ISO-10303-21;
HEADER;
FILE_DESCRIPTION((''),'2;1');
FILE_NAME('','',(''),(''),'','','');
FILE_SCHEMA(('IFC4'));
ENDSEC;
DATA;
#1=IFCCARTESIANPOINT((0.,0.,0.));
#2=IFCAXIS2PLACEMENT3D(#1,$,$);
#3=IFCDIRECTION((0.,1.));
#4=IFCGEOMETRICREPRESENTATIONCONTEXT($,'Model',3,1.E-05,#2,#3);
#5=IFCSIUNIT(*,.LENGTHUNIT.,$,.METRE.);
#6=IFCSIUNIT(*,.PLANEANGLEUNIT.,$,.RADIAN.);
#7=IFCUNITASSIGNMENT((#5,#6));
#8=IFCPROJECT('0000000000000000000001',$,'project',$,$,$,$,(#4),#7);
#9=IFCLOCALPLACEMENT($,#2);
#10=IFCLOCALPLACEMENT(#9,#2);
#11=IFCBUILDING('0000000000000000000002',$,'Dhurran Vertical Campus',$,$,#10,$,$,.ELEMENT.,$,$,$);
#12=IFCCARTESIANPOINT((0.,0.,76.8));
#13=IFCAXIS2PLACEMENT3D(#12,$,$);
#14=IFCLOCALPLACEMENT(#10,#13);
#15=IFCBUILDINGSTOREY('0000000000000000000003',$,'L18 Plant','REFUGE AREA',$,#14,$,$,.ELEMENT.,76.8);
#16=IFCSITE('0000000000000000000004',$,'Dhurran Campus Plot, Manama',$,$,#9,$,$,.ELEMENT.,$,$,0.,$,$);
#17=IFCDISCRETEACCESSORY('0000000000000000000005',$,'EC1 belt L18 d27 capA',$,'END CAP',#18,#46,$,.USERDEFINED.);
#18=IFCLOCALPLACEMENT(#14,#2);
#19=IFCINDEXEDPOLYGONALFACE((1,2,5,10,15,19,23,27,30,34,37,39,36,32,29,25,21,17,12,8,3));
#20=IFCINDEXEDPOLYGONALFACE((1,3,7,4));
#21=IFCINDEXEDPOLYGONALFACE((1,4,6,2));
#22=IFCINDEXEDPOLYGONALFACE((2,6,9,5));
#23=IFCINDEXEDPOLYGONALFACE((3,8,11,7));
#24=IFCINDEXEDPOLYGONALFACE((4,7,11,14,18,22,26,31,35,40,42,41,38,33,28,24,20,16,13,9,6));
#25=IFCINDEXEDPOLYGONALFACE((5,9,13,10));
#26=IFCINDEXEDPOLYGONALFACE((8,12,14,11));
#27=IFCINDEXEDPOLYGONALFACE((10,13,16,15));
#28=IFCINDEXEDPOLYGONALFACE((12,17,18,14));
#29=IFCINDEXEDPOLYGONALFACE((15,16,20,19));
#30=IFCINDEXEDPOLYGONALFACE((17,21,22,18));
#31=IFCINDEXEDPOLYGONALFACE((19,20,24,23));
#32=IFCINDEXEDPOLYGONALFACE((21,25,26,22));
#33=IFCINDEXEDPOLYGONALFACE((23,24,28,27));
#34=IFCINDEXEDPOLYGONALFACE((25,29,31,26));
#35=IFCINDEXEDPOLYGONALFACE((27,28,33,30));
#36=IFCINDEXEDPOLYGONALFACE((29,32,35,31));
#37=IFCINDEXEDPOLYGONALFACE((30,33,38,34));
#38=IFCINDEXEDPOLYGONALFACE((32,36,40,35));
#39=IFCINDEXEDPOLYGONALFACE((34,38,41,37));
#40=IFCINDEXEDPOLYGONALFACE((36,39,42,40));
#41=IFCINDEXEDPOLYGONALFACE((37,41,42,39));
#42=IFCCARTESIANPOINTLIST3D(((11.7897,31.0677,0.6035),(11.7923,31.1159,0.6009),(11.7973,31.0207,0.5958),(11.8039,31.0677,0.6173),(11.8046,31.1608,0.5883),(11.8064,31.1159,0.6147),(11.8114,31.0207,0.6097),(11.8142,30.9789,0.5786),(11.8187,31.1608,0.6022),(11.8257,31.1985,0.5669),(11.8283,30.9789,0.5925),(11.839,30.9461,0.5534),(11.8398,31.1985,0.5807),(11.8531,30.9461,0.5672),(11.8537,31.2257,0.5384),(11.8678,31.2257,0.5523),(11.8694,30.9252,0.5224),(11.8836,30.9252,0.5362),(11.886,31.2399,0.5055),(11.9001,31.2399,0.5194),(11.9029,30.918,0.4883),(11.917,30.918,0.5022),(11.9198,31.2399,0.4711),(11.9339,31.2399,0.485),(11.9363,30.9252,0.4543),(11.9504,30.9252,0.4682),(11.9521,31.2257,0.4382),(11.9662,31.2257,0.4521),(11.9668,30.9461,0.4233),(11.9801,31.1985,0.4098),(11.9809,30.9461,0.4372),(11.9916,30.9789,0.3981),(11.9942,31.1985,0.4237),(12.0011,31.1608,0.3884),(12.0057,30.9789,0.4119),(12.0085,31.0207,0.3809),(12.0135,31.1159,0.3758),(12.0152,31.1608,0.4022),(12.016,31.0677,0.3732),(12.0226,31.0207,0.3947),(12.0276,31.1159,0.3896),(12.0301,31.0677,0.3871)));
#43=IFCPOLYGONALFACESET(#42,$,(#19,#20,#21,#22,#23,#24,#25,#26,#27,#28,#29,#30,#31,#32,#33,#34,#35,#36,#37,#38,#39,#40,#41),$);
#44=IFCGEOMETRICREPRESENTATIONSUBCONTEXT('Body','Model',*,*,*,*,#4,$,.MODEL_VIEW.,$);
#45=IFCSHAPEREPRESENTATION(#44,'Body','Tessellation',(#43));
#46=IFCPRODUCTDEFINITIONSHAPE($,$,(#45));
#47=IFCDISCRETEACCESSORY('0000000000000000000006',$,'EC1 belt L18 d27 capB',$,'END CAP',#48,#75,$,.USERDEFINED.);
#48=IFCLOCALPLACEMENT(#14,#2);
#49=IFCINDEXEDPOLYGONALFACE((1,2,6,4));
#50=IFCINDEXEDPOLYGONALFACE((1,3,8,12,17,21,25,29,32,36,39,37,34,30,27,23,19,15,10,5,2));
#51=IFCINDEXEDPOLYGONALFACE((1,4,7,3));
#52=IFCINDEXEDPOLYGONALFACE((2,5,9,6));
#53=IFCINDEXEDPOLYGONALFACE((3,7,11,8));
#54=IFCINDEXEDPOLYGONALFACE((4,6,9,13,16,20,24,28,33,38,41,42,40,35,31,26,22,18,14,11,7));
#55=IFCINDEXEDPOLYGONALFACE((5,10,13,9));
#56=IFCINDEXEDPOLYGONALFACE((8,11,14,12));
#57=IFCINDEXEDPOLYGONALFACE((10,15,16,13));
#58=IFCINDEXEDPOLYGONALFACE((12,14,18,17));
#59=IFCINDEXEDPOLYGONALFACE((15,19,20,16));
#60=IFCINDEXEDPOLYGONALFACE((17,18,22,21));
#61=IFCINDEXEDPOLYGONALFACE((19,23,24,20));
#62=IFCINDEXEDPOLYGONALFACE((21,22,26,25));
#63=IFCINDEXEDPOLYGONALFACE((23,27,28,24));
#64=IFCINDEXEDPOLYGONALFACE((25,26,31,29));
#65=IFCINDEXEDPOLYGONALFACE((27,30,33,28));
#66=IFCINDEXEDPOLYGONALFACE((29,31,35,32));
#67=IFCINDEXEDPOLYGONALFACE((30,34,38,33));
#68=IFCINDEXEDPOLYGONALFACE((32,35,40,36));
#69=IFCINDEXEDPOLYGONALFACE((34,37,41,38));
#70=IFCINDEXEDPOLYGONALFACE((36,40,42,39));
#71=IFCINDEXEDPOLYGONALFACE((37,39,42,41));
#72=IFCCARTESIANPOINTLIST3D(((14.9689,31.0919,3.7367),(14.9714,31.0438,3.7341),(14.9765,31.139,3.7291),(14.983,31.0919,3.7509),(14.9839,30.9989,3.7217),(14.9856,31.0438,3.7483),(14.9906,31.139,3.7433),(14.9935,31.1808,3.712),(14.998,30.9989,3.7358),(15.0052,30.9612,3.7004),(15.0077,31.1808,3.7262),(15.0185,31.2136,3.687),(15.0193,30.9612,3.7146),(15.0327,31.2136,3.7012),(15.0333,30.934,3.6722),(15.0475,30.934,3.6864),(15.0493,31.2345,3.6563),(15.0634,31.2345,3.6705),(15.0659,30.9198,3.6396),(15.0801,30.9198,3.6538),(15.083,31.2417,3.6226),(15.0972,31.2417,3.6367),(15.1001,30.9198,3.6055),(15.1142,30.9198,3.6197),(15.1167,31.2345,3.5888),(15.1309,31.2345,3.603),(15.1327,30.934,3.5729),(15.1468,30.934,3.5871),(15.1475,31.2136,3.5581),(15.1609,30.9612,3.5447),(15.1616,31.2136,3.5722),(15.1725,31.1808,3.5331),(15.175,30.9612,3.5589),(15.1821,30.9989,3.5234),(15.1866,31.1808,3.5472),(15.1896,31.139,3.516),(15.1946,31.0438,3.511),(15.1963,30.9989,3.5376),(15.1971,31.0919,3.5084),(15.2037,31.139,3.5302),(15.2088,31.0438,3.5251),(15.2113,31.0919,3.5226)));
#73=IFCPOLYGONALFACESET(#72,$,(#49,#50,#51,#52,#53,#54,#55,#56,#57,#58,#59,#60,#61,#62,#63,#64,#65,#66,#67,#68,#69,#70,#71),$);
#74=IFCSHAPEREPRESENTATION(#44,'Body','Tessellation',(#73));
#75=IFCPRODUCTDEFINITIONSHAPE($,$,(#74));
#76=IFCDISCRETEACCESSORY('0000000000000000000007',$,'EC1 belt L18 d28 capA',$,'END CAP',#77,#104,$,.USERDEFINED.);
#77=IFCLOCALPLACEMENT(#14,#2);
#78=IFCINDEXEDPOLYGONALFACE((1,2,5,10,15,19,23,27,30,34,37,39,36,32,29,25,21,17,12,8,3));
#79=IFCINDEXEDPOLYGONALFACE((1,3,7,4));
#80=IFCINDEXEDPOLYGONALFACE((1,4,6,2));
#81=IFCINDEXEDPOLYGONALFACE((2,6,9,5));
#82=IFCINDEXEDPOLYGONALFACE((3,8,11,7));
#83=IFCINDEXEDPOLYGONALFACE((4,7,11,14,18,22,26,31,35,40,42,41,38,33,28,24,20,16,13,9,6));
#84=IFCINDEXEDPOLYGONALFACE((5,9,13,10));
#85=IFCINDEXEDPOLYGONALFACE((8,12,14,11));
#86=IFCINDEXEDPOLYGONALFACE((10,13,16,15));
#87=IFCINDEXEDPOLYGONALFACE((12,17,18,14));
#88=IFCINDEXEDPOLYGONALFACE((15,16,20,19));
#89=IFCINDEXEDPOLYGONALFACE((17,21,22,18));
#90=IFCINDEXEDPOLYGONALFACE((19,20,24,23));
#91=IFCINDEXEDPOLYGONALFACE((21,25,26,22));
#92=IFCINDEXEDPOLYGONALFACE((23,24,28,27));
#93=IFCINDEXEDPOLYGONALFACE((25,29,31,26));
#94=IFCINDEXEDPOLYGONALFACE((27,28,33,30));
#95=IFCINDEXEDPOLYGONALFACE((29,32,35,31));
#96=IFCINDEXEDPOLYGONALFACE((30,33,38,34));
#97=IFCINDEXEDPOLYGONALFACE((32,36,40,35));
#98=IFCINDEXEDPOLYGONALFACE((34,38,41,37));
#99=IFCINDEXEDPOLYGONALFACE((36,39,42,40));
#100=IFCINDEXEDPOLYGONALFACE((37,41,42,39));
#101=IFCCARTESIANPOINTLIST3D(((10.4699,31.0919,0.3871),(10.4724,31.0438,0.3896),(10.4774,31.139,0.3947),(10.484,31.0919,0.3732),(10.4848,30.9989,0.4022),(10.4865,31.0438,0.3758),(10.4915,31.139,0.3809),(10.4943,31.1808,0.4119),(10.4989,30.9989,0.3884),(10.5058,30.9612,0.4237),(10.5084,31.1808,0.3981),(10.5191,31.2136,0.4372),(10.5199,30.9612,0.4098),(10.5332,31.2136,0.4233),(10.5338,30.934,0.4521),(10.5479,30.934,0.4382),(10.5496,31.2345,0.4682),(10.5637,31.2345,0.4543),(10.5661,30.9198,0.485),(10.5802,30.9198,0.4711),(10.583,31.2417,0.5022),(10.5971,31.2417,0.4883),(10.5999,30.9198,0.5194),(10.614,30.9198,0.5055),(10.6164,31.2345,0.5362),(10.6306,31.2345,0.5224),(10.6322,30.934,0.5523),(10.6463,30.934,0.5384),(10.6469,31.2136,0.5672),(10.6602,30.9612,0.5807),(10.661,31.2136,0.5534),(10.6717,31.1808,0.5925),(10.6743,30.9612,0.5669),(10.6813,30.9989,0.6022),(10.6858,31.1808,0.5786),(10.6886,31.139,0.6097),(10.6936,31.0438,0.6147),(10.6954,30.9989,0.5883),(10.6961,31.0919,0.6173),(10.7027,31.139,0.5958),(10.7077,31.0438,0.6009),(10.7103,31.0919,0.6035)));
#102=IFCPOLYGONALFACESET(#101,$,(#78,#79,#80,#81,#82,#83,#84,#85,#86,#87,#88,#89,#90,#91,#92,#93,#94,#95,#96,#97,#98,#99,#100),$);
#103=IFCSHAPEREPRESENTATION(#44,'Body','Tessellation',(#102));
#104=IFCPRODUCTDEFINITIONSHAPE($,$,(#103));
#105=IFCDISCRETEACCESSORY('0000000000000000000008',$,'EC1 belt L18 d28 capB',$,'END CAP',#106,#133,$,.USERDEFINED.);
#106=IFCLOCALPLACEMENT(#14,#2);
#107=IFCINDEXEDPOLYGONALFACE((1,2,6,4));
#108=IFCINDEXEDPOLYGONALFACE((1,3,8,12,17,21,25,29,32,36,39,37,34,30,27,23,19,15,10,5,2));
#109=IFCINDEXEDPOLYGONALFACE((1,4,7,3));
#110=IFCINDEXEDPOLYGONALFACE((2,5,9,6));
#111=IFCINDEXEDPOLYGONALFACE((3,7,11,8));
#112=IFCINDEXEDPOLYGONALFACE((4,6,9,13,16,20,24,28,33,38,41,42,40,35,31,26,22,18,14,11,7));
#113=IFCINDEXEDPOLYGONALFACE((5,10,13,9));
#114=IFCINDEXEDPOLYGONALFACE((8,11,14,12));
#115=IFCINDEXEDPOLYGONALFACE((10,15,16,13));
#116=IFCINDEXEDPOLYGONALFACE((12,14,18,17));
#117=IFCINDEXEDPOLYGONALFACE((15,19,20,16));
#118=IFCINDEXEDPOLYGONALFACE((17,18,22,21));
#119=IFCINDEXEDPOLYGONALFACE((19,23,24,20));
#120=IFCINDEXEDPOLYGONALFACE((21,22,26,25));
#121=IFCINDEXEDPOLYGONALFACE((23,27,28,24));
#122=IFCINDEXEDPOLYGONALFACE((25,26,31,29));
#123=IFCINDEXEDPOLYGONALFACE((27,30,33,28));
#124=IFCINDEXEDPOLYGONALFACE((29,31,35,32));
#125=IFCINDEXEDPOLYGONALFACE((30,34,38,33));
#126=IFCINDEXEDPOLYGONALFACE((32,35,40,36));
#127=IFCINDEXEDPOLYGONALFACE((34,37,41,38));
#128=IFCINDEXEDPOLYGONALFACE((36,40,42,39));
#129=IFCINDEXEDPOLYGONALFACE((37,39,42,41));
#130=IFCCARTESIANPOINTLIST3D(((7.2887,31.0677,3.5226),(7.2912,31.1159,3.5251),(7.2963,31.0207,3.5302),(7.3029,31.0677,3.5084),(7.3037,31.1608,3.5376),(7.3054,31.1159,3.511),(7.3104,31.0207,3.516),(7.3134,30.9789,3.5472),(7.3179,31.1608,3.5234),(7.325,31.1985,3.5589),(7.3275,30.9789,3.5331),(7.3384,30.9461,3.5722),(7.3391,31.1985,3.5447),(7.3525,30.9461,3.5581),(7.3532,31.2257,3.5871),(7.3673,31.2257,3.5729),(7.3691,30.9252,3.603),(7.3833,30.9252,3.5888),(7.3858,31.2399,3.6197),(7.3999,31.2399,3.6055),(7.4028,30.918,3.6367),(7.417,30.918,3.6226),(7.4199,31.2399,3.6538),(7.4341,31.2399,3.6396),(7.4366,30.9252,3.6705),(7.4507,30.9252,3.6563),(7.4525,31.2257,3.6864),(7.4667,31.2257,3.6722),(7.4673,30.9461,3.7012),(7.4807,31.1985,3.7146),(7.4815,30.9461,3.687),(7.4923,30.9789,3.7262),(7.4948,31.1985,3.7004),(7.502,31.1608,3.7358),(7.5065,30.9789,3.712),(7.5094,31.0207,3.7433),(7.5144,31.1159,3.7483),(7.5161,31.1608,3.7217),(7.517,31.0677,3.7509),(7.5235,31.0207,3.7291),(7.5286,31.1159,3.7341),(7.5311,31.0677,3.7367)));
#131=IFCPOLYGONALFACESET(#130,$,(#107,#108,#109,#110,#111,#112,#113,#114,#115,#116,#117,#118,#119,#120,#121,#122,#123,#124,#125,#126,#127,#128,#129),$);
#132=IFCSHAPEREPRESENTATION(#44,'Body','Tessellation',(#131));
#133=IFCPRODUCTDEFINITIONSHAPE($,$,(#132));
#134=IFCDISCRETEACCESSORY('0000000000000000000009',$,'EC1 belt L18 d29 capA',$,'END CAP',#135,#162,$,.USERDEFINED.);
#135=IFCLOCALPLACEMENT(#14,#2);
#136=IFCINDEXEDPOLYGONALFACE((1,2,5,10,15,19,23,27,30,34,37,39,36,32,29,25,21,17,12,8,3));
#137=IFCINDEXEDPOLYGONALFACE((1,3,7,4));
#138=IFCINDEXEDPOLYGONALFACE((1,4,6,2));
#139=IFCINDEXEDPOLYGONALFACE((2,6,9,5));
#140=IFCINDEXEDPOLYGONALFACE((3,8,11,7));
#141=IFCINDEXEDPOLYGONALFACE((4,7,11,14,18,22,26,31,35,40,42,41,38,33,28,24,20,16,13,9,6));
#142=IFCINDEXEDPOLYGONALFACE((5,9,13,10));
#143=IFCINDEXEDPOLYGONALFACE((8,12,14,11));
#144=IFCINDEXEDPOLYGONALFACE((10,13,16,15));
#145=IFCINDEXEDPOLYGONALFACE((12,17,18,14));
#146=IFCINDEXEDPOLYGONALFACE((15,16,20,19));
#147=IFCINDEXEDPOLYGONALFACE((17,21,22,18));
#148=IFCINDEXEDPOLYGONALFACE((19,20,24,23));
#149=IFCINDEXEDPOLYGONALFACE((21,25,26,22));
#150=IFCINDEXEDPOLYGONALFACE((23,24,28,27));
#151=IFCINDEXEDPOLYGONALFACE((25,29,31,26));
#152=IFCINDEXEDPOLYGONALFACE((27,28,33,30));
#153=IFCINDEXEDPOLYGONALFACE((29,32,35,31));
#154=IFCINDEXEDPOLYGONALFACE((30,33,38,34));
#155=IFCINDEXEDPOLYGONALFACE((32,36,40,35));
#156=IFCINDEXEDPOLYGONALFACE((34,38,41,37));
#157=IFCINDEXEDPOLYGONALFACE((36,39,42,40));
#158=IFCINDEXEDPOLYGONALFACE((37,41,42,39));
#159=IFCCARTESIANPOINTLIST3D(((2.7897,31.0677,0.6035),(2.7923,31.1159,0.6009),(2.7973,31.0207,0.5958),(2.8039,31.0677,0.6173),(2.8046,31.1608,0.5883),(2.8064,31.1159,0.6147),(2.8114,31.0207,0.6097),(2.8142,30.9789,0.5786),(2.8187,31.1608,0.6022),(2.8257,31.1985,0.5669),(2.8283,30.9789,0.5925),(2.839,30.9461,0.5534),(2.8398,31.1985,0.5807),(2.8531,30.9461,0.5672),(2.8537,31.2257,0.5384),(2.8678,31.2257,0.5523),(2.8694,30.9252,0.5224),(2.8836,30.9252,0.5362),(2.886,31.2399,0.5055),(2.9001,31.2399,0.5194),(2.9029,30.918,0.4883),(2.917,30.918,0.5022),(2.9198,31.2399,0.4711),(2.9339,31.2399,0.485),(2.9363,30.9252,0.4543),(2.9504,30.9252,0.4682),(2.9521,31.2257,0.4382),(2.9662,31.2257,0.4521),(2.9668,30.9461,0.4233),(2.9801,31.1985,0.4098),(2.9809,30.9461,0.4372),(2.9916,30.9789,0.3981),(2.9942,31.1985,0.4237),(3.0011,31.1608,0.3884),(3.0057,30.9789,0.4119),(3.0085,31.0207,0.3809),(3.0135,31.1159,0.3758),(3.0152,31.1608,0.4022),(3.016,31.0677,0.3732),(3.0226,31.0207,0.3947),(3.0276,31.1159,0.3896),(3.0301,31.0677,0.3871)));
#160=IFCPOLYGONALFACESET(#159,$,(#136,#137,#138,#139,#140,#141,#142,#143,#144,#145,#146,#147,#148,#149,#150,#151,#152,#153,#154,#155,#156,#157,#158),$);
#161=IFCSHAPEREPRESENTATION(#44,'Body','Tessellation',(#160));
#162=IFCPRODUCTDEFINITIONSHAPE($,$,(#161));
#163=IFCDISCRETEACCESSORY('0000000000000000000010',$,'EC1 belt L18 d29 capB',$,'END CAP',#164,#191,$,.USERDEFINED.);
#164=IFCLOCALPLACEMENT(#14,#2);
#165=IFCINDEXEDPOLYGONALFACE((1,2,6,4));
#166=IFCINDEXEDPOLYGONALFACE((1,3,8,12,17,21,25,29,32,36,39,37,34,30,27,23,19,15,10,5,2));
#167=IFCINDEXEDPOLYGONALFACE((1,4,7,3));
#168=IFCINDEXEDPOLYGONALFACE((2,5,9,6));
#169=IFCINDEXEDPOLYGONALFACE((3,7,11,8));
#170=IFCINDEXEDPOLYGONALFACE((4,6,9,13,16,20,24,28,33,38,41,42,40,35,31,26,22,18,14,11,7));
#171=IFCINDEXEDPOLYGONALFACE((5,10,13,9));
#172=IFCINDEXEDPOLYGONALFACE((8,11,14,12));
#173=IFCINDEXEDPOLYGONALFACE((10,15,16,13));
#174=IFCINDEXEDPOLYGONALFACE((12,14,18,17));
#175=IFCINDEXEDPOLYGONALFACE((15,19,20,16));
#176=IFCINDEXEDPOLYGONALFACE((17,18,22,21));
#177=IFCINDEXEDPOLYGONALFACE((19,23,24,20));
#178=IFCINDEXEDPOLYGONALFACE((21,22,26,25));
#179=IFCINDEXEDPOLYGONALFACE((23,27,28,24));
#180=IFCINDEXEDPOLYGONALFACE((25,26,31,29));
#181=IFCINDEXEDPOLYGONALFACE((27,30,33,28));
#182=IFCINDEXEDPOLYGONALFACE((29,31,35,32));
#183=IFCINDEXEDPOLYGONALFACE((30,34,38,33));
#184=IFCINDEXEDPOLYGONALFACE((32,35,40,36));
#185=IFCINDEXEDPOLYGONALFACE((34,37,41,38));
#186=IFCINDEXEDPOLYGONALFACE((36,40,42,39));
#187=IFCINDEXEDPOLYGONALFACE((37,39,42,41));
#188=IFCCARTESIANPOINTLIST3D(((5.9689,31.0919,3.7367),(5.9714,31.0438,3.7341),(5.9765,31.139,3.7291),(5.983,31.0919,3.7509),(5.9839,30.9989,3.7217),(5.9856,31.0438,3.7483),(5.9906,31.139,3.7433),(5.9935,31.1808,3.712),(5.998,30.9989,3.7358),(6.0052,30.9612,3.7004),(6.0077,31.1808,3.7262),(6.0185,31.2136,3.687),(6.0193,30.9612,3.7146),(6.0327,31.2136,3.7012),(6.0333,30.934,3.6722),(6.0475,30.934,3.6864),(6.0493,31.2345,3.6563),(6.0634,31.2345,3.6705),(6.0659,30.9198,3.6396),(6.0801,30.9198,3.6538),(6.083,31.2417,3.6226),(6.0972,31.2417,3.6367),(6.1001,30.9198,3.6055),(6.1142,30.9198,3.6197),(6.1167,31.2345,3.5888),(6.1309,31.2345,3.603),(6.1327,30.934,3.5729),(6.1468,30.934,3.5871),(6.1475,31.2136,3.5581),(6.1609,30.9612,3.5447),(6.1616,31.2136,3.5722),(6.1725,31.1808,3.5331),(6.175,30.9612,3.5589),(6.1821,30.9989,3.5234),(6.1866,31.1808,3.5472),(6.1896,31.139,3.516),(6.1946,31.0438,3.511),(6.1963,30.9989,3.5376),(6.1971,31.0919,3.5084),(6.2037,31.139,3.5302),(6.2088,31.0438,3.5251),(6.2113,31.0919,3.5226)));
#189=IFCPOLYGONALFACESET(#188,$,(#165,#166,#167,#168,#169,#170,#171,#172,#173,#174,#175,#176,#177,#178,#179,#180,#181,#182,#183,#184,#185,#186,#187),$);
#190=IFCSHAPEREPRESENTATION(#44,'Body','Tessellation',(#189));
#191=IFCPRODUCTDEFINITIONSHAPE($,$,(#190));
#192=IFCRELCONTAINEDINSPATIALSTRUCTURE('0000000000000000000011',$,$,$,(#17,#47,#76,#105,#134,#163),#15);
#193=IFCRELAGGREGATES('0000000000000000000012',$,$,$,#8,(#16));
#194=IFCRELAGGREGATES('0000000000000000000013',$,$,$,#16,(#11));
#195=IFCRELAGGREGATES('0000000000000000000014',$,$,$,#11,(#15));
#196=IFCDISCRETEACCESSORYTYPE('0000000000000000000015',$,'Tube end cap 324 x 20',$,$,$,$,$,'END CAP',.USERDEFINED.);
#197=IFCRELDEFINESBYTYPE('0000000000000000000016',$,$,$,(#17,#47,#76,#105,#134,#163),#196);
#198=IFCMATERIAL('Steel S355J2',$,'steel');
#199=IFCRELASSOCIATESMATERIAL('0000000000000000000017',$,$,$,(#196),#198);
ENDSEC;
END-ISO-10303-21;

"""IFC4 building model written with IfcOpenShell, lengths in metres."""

from ifc_helpers import new_model, si_unit, direction, frame, origin, origin_2d, place, context, subcontext, project, spatial, circle, extrude, material, material_profile, profile_set, type_object, element, save


model = new_model("IFC4")

# Units and contexts
model_context = context("Model", 3, precision=1e-05, world=origin(), true_north=direction((0.0, 1.0)))
body_context = subcontext(model_context, "Body", "Model", "MODEL_VIEW")
ifc_project = project(units=[si_unit("LENGTHUNIT", "METRE"), si_unit("PLANEANGLEUNIT", "RADIAN")], contexts=[model_context])

# Site, building, storey
site_placement = place(None, origin())
site = spatial("IfcSite", under=ifc_project, at=site_placement, Name="Dhurran Campus Plot, Manama", CompositionType="ELEMENT", RefElevation=0.0)
building_placement = place(site_placement, origin())
building = spatial("IfcBuilding", under=site, at=building_placement, Name="Dhurran Vertical Campus", CompositionType="ELEMENT")
storey_placement = place(building_placement, frame((0.0, 0.0, 76.8)))
storey = spatial("IfcBuildingStorey", under=building, at=storey_placement, Name="L18 Plant", Description="REFUGE AREA", CompositionType="ELEMENT", Elevation=76.8)

# Discrete accessories
ifc_material_1 = material(Name="Steel S355J2", Category="steel")
ifc_material_profile_1 = material_profile(ifc_material_1, circle(Radius=0.1619, at=origin_2d()), Name="Tube end cap 324 x 20")
ifc_profile_set_1 = profile_set([ifc_material_profile_1], Name="Steel S355J2")
discrete_accessory_type = type_object("IfcDiscreteAccessoryType", Name="Tube end cap 324 x 20", ElementType="END CAP", PredefinedType="USERDEFINED", material=ifc_profile_set_1)
discrete_accessory_1_placement = place(storey_placement, frame((11.917, 31.0798, 0.5022), z_axis=(-0.713229, 0.0, -0.700932), x_axis=(0.0, -1.0, 0.0)))
element("IfcDiscreteAccessory", 1, at=discrete_accessory_1_placement, inside=storey, type_object=discrete_accessory_type, Name="EC1 belt L18 d27 capA", ObjectType="END CAP", PredefinedType="USERDEFINED", context=body_context, shape_type="SweptSolid", body=[
    extrude(circle(Radius=0.1619, at=origin_2d()), origin(), (0.0, 0.0, 1.0), 0.0198),
])
discrete_accessory_2_placement = place(storey_placement, frame((15.083, 31.0798, 3.6226), z_axis=(0.707107, 0.0, 0.707107), x_axis=(0.0, 1.0, 0.0)))
element("IfcDiscreteAccessory", 2, at=discrete_accessory_2_placement, inside=storey, type_object=discrete_accessory_type, Name="EC1 belt L18 d27 capB", ObjectType="END CAP", PredefinedType="USERDEFINED", context=body_context, shape_type="SweptSolid", body=[
    extrude(circle(Radius=0.1619, at=origin_2d()), origin(), (0.0, 0.0, 1.0), 0.02),
])
discrete_accessory_3_placement = place(storey_placement, frame((10.583, 31.0798, 0.5022), z_axis=(0.713229, 0.0, -0.700932), x_axis=(0.0, 1.0, 0.0)))
element("IfcDiscreteAccessory", 3, at=discrete_accessory_3_placement, inside=storey, type_object=discrete_accessory_type, Name="EC1 belt L18 d28 capA", ObjectType="END CAP", PredefinedType="USERDEFINED", context=body_context, shape_type="SweptSolid", body=[
    extrude(circle(Radius=0.1619, at=origin_2d()), origin(), (0.0, 0.0, 1.0), 0.0198),
])
discrete_accessory_4_placement = place(storey_placement, frame((7.417, 31.0798, 3.6226), z_axis=(-0.707107, 0.0, 0.707107), x_axis=(0.0, -1.0, 0.0)))
element("IfcDiscreteAccessory", 4, at=discrete_accessory_4_placement, inside=storey, type_object=discrete_accessory_type, Name="EC1 belt L18 d28 capB", ObjectType="END CAP", PredefinedType="USERDEFINED", context=body_context, shape_type="SweptSolid", body=[
    extrude(circle(Radius=0.1619, at=origin_2d()), origin(), (0.0, 0.0, 1.0), 0.02),
])
discrete_accessory_5_placement = place(storey_placement, frame((2.917, 31.0798, 0.5022), z_axis=(-0.713229, 0.0, -0.700932), x_axis=(0.0, -1.0, 0.0)))
element("IfcDiscreteAccessory", 5, at=discrete_accessory_5_placement, inside=storey, type_object=discrete_accessory_type, Name="EC1 belt L18 d29 capA", ObjectType="END CAP", PredefinedType="USERDEFINED", context=body_context, shape_type="SweptSolid", body=[
    extrude(circle(Radius=0.1619, at=origin_2d()), origin(), (0.0, 0.0, 1.0), 0.0198),
])
discrete_accessory_6_placement = place(storey_placement, frame((6.083, 31.0798, 3.6226), z_axis=(0.707107, 0.0, 0.707107), x_axis=(0.0, 1.0, 0.0)))
element("IfcDiscreteAccessory", 6, at=discrete_accessory_6_placement, inside=storey, type_object=discrete_accessory_type, Name="EC1 belt L18 d29 capB", ObjectType="END CAP", PredefinedType="USERDEFINED", context=body_context, shape_type="SweptSolid", body=[
    extrude(circle(Radius=0.1619, at=origin_2d()), origin(), (0.0, 0.0, 1.0), 0.02),
])

save(model, "model.ifc")
